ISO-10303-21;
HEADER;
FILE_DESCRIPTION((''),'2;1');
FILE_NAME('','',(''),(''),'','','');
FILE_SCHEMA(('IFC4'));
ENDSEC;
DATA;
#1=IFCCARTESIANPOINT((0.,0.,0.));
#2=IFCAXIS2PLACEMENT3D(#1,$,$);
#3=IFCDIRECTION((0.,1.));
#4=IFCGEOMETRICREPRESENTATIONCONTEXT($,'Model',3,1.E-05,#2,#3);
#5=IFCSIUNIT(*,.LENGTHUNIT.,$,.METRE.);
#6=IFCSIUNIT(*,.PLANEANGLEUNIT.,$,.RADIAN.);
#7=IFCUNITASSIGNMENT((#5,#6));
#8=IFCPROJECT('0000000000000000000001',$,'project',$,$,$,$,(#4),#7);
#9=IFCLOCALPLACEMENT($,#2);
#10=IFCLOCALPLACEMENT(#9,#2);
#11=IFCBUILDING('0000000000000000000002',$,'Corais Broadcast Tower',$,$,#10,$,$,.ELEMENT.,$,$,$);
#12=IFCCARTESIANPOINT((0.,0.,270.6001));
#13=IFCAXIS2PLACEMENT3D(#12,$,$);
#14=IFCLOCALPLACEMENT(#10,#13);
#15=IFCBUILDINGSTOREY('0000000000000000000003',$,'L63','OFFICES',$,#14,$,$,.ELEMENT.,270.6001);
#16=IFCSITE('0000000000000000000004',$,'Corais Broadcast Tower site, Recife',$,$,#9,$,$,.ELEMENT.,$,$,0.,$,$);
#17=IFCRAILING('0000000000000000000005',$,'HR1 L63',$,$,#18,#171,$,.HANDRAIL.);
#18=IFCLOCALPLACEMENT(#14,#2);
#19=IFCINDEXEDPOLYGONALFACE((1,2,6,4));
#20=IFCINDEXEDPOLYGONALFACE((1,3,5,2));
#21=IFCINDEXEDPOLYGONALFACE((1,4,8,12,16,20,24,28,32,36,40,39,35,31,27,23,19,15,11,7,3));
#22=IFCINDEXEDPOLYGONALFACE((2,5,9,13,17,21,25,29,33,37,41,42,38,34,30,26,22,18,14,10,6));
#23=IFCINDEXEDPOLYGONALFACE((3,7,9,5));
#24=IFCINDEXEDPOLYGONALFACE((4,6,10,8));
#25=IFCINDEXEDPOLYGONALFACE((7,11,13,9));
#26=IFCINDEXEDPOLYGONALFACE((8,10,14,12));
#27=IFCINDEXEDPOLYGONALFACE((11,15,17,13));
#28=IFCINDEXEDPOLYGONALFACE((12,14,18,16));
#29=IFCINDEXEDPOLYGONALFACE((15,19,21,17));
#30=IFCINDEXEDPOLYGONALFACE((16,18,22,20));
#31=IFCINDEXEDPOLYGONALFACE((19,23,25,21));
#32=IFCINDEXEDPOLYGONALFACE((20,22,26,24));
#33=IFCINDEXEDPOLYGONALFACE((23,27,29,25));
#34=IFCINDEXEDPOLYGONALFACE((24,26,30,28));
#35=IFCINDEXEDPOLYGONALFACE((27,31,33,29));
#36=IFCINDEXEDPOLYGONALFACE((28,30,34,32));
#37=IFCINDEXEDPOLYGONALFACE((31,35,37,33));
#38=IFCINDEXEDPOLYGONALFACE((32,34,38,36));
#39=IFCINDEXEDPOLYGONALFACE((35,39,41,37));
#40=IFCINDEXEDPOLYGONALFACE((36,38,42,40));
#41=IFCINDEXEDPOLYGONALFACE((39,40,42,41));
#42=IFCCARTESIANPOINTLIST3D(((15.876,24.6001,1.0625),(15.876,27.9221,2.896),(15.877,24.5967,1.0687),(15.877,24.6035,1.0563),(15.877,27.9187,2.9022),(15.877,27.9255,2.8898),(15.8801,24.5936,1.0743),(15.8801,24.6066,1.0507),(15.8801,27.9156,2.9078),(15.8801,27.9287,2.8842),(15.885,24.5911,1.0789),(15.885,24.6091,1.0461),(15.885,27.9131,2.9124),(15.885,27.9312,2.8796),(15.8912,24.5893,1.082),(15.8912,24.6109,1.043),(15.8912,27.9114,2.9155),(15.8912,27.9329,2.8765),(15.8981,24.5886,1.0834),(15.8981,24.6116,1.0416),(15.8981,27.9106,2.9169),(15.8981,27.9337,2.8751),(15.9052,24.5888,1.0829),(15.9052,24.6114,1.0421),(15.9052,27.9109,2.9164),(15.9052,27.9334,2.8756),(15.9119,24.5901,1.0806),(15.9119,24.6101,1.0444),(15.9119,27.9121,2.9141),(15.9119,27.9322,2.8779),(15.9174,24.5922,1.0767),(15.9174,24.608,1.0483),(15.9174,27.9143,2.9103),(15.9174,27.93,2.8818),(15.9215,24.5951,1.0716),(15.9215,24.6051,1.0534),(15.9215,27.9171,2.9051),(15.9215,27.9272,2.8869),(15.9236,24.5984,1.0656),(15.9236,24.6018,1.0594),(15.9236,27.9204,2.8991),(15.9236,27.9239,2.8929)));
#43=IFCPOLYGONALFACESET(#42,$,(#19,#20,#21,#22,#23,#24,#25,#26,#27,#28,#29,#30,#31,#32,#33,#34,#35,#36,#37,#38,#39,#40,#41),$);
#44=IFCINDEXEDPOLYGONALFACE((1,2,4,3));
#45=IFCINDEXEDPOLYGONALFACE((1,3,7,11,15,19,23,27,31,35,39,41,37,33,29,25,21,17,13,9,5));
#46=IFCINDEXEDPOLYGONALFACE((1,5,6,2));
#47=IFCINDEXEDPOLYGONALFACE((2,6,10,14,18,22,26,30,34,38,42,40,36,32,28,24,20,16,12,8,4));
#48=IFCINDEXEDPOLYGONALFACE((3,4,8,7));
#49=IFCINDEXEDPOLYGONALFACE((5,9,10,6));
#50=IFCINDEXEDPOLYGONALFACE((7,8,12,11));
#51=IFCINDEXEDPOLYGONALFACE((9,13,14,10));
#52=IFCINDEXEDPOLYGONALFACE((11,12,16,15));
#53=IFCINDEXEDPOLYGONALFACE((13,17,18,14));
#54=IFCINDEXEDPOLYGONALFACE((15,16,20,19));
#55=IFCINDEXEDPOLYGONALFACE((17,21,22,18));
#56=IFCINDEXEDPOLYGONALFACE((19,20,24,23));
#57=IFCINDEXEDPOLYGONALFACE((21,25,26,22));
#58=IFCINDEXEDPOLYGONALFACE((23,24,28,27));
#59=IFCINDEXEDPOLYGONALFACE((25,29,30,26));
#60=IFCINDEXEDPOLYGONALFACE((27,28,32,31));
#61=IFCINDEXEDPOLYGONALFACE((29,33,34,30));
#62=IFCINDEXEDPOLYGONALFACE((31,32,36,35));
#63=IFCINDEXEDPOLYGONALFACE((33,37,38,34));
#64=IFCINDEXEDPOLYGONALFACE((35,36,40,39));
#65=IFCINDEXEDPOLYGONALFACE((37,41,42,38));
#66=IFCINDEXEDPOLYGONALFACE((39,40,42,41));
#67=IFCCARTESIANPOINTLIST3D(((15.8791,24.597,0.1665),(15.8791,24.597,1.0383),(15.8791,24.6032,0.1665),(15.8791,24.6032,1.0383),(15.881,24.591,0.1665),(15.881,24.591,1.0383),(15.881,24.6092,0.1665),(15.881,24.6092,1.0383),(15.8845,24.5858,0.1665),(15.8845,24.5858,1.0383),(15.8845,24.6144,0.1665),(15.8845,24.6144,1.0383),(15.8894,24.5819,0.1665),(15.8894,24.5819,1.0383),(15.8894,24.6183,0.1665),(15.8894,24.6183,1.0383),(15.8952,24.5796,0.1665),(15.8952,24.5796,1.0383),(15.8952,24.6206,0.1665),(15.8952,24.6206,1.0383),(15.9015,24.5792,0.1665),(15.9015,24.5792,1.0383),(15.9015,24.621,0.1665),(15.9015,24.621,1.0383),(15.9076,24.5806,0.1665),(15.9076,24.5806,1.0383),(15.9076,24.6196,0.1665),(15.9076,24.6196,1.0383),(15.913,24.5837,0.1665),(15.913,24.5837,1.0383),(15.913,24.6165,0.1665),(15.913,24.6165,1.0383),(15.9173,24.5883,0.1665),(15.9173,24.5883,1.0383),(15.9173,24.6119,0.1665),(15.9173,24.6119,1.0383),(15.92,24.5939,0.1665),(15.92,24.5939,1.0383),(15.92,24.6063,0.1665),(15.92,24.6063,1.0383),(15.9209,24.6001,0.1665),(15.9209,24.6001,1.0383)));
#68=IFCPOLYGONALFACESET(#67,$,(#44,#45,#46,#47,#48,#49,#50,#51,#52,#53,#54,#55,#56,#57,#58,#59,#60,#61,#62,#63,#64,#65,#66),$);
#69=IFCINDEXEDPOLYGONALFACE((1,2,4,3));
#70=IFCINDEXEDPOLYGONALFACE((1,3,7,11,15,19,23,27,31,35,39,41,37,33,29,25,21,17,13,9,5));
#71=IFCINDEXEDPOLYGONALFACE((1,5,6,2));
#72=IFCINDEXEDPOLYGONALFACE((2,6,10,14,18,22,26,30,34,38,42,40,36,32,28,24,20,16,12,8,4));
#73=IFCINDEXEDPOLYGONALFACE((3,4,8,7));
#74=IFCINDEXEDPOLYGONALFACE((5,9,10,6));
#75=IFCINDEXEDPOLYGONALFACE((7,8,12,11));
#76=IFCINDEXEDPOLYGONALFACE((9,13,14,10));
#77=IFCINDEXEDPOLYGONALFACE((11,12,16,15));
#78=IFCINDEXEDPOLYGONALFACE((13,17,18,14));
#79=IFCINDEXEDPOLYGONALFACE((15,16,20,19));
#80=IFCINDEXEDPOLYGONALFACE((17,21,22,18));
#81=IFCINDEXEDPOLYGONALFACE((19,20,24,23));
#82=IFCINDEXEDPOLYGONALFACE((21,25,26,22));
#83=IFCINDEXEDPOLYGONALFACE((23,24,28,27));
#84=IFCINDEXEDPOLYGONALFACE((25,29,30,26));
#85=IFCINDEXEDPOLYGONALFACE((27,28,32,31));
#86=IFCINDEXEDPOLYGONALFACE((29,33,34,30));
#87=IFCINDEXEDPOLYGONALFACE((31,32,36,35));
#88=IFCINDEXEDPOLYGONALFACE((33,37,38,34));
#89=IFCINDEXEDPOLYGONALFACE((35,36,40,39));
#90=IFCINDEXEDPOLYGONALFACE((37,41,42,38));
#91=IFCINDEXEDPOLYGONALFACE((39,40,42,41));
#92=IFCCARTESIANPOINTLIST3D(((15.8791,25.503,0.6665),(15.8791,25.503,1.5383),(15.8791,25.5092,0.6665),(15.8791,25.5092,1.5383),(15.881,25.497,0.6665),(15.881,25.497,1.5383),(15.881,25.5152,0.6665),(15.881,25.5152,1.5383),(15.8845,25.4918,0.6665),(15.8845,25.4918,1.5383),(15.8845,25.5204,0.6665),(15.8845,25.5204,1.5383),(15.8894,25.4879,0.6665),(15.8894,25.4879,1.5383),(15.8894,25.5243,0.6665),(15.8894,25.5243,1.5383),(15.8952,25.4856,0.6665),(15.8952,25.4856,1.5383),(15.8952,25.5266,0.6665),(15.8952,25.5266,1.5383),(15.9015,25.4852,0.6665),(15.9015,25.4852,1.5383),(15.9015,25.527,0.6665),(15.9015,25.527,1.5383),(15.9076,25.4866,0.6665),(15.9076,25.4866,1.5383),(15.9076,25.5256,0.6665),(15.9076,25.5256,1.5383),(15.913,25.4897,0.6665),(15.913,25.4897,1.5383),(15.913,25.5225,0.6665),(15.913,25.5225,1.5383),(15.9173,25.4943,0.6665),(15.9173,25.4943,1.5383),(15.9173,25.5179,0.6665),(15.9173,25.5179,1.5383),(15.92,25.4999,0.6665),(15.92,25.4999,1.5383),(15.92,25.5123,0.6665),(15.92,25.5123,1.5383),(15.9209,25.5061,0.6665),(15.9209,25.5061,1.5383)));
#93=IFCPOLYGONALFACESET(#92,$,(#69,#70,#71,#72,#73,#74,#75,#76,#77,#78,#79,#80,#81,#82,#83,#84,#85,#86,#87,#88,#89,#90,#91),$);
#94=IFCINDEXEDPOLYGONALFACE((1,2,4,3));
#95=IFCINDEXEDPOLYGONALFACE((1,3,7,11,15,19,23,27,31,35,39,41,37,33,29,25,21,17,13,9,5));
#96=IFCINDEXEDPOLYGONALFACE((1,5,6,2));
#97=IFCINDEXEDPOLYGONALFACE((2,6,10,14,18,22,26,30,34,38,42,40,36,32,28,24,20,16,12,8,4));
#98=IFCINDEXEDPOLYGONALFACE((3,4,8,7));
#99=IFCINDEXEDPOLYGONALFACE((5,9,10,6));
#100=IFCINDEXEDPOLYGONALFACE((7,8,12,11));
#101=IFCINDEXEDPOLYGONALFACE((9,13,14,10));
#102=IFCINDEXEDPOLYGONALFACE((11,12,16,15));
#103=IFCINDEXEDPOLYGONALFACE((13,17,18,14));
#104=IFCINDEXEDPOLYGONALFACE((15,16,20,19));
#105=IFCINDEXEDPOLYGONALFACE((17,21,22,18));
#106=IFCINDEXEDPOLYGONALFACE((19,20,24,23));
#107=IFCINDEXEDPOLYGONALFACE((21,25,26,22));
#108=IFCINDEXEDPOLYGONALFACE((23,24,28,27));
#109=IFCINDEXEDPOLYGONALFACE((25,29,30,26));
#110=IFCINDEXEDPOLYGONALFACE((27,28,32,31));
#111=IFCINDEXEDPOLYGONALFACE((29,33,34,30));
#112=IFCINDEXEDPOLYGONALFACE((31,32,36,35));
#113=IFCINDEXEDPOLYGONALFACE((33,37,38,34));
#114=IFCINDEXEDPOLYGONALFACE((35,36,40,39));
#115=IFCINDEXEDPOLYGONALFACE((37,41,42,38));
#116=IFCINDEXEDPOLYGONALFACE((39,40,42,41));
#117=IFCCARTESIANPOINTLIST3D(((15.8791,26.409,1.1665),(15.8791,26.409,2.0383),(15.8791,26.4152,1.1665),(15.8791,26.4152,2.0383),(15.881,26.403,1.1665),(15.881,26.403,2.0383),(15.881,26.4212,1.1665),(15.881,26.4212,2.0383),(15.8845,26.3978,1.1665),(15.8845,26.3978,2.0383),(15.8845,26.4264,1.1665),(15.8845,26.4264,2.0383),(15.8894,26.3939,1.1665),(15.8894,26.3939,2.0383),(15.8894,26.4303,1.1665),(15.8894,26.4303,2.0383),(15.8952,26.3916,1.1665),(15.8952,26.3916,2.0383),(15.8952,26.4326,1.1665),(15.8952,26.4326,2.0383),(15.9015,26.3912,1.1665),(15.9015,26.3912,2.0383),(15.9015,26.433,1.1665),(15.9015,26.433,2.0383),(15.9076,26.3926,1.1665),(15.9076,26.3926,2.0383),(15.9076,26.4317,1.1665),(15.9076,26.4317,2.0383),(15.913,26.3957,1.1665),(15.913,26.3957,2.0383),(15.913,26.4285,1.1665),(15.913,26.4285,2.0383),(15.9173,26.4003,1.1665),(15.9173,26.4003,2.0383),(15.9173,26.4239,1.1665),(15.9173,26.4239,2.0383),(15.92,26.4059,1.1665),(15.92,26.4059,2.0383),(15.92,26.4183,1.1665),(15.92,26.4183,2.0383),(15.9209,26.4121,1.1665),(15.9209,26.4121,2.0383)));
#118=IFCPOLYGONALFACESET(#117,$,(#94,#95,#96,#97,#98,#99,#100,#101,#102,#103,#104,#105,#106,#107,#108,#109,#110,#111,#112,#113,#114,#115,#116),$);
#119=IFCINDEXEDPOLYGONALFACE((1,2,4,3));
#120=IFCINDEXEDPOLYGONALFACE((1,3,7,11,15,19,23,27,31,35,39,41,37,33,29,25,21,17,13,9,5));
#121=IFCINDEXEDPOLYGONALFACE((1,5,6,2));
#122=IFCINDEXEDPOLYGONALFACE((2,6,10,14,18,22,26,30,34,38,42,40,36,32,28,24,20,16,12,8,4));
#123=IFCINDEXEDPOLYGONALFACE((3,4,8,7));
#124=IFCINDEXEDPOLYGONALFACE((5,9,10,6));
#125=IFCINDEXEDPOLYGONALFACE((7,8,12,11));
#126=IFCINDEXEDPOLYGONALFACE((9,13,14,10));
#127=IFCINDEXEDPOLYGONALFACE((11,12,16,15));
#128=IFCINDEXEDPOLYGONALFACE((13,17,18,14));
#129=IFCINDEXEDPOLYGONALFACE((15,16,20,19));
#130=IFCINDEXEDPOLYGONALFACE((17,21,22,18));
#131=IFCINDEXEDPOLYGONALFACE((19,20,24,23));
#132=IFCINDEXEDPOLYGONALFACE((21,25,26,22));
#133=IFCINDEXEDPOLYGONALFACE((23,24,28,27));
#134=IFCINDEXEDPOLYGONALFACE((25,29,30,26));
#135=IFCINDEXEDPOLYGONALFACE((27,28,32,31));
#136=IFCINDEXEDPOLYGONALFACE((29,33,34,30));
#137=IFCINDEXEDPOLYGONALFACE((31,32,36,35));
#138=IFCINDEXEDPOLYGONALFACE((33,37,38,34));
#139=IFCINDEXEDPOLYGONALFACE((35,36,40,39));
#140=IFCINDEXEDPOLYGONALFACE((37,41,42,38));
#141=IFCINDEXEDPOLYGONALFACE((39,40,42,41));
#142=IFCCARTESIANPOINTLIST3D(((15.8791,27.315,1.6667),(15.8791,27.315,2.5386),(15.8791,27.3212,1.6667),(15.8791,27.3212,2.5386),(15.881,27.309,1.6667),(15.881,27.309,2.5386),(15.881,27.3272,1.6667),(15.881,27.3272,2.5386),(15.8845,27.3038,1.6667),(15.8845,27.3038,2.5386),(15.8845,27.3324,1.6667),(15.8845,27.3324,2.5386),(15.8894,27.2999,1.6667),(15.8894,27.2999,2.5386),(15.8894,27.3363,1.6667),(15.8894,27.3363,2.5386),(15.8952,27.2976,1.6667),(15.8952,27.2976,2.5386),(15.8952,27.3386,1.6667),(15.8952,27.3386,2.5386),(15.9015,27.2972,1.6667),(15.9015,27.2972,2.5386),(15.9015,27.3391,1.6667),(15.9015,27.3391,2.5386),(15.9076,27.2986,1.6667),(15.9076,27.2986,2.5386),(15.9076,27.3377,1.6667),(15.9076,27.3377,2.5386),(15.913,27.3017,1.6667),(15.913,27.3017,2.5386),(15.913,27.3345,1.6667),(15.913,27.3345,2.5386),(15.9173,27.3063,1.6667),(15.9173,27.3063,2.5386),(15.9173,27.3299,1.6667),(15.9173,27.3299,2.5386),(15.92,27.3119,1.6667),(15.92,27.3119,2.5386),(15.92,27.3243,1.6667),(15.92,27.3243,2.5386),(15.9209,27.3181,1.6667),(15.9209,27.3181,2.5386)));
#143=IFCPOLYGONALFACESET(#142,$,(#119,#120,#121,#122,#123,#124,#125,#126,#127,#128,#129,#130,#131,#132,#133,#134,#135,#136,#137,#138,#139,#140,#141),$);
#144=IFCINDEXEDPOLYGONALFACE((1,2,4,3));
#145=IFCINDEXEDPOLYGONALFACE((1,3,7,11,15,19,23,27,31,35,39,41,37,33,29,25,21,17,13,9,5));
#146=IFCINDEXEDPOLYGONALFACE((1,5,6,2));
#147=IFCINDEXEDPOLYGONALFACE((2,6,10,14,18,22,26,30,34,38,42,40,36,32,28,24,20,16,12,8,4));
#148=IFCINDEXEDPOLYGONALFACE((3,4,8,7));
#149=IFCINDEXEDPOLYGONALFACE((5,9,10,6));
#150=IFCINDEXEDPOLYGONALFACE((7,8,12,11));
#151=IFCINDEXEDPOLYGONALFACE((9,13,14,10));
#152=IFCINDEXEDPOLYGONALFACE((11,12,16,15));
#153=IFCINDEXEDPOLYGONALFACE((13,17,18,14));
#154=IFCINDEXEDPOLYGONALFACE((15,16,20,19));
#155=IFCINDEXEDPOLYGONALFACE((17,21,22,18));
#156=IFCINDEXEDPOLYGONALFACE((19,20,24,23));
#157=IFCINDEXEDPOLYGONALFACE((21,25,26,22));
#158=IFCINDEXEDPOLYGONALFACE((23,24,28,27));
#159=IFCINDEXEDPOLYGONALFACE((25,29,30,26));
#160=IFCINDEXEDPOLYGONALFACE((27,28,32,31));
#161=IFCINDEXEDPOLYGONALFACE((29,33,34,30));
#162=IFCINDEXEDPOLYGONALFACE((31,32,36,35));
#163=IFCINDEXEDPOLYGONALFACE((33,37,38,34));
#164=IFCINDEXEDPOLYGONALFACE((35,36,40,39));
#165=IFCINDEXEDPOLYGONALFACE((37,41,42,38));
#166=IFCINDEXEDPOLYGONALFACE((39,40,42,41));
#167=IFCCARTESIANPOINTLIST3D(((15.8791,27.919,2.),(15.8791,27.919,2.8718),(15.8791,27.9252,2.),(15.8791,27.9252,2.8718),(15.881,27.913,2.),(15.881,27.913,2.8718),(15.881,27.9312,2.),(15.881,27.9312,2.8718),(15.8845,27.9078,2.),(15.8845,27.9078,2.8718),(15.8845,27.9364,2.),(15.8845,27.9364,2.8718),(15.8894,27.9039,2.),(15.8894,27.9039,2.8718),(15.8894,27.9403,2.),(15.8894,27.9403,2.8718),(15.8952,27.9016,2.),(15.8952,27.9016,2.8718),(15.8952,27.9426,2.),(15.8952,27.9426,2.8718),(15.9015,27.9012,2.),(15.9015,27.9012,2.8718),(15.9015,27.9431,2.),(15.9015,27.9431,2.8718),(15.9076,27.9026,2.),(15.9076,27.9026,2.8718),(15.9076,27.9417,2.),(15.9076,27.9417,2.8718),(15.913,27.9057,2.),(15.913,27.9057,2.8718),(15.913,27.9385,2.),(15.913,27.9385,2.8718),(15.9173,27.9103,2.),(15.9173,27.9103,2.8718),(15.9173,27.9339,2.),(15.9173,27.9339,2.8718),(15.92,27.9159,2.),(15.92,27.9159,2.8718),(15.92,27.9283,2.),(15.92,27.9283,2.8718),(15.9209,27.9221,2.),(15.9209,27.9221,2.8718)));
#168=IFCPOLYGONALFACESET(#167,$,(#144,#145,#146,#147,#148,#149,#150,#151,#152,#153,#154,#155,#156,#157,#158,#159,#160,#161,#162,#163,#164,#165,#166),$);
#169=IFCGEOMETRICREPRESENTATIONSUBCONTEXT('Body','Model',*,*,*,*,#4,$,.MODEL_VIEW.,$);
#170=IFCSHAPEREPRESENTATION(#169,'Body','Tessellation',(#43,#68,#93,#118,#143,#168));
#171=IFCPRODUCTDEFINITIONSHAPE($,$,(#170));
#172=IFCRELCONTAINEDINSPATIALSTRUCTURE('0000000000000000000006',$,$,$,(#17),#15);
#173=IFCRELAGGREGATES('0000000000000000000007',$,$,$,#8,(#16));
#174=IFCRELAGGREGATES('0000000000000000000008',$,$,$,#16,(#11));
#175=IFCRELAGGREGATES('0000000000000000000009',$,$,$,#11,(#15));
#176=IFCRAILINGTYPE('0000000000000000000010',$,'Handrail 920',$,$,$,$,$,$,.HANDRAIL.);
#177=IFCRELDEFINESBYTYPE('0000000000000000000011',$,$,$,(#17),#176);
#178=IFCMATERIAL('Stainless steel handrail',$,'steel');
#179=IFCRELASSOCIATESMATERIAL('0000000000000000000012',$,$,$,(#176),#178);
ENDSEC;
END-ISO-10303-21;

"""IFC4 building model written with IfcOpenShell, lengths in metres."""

from ifc_helpers import new_model, si_unit, direction, frame, origin, origin_2d, place, context, subcontext, project, spatial, circle, extrude, material, type_object, element, save


model = new_model("IFC4")

# Units and contexts
model_context = context("Model", 3, precision=1e-05, world=origin(), true_north=direction((0.0, 1.0)))
body_context = subcontext(model_context, "Body", "Model", "MODEL_VIEW")
ifc_project = project(units=[si_unit("LENGTHUNIT", "METRE"), si_unit("PLANEANGLEUNIT", "RADIAN")], contexts=[model_context])

# Site, building, storey
site_placement = place(None, origin())
site = spatial("IfcSite", under=ifc_project, at=site_placement, Name="Corais Broadcast Tower site, Recife", CompositionType="ELEMENT", RefElevation=0.0)
building_placement = place(site_placement, origin())
building = spatial("IfcBuilding", under=site, at=building_placement, Name="Corais Broadcast Tower", CompositionType="ELEMENT")
storey_placement = place(building_placement, frame((0.0, 0.0, 270.6001)))
storey = spatial("IfcBuildingStorey", under=building, at=storey_placement, Name="L63", Description="OFFICES", CompositionType="ELEMENT", Elevation=270.6001)

# Railing
ifc_material_1 = material(Name="Stainless steel handrail", Category="steel")
railing_type = type_object("IfcRailingType", Name="Handrail 920", PredefinedType="HANDRAIL", material=ifc_material_1)
for number, where, name in (
    (1, (15.8999, 24.6001, 0.1665), "HR1 L63"),
):
    element("IfcRailing", number, at=place(storey_placement, frame(where)), inside=storey, type_object=railing_type, Name=name, PredefinedType="HANDRAIL", context=body_context, shape_type="SweptSolid", body=[
        extrude(circle(Radius=0.0239, at=origin_2d()), frame((0.0, 0.0, 0.896), z_axis=(0.0, 0.875504, 0.48321), x_axis=(-1.0, 0.0, 0.0)), (0.0, 0.0, 1.0), 3.7944),
        extrude(circle(Radius=0.021, at=origin_2d()), origin(), (0.0, 0.0, 1.0), 0.8718),
        extrude(circle(Radius=0.021, at=origin_2d()), frame((0.0, 0.906, 0.5)), (0.0, 0.0, 1.0), 0.8718),
        extrude(circle(Radius=0.021, at=origin_2d()), frame((0.0, 1.812, 1.0)), (0.0, 0.0, 1.0), 0.8718),
        extrude(circle(Radius=0.021, at=origin_2d()), frame((0.0, 2.718, 1.5002)), (0.0, 0.0, 1.0), 0.8718),
        extrude(circle(Radius=0.021, at=origin_2d()), frame((0.0, 3.322, 1.8335)), (0.0, 0.0, 1.0), 0.8718),
    ])

save(model, "model.ifc")
